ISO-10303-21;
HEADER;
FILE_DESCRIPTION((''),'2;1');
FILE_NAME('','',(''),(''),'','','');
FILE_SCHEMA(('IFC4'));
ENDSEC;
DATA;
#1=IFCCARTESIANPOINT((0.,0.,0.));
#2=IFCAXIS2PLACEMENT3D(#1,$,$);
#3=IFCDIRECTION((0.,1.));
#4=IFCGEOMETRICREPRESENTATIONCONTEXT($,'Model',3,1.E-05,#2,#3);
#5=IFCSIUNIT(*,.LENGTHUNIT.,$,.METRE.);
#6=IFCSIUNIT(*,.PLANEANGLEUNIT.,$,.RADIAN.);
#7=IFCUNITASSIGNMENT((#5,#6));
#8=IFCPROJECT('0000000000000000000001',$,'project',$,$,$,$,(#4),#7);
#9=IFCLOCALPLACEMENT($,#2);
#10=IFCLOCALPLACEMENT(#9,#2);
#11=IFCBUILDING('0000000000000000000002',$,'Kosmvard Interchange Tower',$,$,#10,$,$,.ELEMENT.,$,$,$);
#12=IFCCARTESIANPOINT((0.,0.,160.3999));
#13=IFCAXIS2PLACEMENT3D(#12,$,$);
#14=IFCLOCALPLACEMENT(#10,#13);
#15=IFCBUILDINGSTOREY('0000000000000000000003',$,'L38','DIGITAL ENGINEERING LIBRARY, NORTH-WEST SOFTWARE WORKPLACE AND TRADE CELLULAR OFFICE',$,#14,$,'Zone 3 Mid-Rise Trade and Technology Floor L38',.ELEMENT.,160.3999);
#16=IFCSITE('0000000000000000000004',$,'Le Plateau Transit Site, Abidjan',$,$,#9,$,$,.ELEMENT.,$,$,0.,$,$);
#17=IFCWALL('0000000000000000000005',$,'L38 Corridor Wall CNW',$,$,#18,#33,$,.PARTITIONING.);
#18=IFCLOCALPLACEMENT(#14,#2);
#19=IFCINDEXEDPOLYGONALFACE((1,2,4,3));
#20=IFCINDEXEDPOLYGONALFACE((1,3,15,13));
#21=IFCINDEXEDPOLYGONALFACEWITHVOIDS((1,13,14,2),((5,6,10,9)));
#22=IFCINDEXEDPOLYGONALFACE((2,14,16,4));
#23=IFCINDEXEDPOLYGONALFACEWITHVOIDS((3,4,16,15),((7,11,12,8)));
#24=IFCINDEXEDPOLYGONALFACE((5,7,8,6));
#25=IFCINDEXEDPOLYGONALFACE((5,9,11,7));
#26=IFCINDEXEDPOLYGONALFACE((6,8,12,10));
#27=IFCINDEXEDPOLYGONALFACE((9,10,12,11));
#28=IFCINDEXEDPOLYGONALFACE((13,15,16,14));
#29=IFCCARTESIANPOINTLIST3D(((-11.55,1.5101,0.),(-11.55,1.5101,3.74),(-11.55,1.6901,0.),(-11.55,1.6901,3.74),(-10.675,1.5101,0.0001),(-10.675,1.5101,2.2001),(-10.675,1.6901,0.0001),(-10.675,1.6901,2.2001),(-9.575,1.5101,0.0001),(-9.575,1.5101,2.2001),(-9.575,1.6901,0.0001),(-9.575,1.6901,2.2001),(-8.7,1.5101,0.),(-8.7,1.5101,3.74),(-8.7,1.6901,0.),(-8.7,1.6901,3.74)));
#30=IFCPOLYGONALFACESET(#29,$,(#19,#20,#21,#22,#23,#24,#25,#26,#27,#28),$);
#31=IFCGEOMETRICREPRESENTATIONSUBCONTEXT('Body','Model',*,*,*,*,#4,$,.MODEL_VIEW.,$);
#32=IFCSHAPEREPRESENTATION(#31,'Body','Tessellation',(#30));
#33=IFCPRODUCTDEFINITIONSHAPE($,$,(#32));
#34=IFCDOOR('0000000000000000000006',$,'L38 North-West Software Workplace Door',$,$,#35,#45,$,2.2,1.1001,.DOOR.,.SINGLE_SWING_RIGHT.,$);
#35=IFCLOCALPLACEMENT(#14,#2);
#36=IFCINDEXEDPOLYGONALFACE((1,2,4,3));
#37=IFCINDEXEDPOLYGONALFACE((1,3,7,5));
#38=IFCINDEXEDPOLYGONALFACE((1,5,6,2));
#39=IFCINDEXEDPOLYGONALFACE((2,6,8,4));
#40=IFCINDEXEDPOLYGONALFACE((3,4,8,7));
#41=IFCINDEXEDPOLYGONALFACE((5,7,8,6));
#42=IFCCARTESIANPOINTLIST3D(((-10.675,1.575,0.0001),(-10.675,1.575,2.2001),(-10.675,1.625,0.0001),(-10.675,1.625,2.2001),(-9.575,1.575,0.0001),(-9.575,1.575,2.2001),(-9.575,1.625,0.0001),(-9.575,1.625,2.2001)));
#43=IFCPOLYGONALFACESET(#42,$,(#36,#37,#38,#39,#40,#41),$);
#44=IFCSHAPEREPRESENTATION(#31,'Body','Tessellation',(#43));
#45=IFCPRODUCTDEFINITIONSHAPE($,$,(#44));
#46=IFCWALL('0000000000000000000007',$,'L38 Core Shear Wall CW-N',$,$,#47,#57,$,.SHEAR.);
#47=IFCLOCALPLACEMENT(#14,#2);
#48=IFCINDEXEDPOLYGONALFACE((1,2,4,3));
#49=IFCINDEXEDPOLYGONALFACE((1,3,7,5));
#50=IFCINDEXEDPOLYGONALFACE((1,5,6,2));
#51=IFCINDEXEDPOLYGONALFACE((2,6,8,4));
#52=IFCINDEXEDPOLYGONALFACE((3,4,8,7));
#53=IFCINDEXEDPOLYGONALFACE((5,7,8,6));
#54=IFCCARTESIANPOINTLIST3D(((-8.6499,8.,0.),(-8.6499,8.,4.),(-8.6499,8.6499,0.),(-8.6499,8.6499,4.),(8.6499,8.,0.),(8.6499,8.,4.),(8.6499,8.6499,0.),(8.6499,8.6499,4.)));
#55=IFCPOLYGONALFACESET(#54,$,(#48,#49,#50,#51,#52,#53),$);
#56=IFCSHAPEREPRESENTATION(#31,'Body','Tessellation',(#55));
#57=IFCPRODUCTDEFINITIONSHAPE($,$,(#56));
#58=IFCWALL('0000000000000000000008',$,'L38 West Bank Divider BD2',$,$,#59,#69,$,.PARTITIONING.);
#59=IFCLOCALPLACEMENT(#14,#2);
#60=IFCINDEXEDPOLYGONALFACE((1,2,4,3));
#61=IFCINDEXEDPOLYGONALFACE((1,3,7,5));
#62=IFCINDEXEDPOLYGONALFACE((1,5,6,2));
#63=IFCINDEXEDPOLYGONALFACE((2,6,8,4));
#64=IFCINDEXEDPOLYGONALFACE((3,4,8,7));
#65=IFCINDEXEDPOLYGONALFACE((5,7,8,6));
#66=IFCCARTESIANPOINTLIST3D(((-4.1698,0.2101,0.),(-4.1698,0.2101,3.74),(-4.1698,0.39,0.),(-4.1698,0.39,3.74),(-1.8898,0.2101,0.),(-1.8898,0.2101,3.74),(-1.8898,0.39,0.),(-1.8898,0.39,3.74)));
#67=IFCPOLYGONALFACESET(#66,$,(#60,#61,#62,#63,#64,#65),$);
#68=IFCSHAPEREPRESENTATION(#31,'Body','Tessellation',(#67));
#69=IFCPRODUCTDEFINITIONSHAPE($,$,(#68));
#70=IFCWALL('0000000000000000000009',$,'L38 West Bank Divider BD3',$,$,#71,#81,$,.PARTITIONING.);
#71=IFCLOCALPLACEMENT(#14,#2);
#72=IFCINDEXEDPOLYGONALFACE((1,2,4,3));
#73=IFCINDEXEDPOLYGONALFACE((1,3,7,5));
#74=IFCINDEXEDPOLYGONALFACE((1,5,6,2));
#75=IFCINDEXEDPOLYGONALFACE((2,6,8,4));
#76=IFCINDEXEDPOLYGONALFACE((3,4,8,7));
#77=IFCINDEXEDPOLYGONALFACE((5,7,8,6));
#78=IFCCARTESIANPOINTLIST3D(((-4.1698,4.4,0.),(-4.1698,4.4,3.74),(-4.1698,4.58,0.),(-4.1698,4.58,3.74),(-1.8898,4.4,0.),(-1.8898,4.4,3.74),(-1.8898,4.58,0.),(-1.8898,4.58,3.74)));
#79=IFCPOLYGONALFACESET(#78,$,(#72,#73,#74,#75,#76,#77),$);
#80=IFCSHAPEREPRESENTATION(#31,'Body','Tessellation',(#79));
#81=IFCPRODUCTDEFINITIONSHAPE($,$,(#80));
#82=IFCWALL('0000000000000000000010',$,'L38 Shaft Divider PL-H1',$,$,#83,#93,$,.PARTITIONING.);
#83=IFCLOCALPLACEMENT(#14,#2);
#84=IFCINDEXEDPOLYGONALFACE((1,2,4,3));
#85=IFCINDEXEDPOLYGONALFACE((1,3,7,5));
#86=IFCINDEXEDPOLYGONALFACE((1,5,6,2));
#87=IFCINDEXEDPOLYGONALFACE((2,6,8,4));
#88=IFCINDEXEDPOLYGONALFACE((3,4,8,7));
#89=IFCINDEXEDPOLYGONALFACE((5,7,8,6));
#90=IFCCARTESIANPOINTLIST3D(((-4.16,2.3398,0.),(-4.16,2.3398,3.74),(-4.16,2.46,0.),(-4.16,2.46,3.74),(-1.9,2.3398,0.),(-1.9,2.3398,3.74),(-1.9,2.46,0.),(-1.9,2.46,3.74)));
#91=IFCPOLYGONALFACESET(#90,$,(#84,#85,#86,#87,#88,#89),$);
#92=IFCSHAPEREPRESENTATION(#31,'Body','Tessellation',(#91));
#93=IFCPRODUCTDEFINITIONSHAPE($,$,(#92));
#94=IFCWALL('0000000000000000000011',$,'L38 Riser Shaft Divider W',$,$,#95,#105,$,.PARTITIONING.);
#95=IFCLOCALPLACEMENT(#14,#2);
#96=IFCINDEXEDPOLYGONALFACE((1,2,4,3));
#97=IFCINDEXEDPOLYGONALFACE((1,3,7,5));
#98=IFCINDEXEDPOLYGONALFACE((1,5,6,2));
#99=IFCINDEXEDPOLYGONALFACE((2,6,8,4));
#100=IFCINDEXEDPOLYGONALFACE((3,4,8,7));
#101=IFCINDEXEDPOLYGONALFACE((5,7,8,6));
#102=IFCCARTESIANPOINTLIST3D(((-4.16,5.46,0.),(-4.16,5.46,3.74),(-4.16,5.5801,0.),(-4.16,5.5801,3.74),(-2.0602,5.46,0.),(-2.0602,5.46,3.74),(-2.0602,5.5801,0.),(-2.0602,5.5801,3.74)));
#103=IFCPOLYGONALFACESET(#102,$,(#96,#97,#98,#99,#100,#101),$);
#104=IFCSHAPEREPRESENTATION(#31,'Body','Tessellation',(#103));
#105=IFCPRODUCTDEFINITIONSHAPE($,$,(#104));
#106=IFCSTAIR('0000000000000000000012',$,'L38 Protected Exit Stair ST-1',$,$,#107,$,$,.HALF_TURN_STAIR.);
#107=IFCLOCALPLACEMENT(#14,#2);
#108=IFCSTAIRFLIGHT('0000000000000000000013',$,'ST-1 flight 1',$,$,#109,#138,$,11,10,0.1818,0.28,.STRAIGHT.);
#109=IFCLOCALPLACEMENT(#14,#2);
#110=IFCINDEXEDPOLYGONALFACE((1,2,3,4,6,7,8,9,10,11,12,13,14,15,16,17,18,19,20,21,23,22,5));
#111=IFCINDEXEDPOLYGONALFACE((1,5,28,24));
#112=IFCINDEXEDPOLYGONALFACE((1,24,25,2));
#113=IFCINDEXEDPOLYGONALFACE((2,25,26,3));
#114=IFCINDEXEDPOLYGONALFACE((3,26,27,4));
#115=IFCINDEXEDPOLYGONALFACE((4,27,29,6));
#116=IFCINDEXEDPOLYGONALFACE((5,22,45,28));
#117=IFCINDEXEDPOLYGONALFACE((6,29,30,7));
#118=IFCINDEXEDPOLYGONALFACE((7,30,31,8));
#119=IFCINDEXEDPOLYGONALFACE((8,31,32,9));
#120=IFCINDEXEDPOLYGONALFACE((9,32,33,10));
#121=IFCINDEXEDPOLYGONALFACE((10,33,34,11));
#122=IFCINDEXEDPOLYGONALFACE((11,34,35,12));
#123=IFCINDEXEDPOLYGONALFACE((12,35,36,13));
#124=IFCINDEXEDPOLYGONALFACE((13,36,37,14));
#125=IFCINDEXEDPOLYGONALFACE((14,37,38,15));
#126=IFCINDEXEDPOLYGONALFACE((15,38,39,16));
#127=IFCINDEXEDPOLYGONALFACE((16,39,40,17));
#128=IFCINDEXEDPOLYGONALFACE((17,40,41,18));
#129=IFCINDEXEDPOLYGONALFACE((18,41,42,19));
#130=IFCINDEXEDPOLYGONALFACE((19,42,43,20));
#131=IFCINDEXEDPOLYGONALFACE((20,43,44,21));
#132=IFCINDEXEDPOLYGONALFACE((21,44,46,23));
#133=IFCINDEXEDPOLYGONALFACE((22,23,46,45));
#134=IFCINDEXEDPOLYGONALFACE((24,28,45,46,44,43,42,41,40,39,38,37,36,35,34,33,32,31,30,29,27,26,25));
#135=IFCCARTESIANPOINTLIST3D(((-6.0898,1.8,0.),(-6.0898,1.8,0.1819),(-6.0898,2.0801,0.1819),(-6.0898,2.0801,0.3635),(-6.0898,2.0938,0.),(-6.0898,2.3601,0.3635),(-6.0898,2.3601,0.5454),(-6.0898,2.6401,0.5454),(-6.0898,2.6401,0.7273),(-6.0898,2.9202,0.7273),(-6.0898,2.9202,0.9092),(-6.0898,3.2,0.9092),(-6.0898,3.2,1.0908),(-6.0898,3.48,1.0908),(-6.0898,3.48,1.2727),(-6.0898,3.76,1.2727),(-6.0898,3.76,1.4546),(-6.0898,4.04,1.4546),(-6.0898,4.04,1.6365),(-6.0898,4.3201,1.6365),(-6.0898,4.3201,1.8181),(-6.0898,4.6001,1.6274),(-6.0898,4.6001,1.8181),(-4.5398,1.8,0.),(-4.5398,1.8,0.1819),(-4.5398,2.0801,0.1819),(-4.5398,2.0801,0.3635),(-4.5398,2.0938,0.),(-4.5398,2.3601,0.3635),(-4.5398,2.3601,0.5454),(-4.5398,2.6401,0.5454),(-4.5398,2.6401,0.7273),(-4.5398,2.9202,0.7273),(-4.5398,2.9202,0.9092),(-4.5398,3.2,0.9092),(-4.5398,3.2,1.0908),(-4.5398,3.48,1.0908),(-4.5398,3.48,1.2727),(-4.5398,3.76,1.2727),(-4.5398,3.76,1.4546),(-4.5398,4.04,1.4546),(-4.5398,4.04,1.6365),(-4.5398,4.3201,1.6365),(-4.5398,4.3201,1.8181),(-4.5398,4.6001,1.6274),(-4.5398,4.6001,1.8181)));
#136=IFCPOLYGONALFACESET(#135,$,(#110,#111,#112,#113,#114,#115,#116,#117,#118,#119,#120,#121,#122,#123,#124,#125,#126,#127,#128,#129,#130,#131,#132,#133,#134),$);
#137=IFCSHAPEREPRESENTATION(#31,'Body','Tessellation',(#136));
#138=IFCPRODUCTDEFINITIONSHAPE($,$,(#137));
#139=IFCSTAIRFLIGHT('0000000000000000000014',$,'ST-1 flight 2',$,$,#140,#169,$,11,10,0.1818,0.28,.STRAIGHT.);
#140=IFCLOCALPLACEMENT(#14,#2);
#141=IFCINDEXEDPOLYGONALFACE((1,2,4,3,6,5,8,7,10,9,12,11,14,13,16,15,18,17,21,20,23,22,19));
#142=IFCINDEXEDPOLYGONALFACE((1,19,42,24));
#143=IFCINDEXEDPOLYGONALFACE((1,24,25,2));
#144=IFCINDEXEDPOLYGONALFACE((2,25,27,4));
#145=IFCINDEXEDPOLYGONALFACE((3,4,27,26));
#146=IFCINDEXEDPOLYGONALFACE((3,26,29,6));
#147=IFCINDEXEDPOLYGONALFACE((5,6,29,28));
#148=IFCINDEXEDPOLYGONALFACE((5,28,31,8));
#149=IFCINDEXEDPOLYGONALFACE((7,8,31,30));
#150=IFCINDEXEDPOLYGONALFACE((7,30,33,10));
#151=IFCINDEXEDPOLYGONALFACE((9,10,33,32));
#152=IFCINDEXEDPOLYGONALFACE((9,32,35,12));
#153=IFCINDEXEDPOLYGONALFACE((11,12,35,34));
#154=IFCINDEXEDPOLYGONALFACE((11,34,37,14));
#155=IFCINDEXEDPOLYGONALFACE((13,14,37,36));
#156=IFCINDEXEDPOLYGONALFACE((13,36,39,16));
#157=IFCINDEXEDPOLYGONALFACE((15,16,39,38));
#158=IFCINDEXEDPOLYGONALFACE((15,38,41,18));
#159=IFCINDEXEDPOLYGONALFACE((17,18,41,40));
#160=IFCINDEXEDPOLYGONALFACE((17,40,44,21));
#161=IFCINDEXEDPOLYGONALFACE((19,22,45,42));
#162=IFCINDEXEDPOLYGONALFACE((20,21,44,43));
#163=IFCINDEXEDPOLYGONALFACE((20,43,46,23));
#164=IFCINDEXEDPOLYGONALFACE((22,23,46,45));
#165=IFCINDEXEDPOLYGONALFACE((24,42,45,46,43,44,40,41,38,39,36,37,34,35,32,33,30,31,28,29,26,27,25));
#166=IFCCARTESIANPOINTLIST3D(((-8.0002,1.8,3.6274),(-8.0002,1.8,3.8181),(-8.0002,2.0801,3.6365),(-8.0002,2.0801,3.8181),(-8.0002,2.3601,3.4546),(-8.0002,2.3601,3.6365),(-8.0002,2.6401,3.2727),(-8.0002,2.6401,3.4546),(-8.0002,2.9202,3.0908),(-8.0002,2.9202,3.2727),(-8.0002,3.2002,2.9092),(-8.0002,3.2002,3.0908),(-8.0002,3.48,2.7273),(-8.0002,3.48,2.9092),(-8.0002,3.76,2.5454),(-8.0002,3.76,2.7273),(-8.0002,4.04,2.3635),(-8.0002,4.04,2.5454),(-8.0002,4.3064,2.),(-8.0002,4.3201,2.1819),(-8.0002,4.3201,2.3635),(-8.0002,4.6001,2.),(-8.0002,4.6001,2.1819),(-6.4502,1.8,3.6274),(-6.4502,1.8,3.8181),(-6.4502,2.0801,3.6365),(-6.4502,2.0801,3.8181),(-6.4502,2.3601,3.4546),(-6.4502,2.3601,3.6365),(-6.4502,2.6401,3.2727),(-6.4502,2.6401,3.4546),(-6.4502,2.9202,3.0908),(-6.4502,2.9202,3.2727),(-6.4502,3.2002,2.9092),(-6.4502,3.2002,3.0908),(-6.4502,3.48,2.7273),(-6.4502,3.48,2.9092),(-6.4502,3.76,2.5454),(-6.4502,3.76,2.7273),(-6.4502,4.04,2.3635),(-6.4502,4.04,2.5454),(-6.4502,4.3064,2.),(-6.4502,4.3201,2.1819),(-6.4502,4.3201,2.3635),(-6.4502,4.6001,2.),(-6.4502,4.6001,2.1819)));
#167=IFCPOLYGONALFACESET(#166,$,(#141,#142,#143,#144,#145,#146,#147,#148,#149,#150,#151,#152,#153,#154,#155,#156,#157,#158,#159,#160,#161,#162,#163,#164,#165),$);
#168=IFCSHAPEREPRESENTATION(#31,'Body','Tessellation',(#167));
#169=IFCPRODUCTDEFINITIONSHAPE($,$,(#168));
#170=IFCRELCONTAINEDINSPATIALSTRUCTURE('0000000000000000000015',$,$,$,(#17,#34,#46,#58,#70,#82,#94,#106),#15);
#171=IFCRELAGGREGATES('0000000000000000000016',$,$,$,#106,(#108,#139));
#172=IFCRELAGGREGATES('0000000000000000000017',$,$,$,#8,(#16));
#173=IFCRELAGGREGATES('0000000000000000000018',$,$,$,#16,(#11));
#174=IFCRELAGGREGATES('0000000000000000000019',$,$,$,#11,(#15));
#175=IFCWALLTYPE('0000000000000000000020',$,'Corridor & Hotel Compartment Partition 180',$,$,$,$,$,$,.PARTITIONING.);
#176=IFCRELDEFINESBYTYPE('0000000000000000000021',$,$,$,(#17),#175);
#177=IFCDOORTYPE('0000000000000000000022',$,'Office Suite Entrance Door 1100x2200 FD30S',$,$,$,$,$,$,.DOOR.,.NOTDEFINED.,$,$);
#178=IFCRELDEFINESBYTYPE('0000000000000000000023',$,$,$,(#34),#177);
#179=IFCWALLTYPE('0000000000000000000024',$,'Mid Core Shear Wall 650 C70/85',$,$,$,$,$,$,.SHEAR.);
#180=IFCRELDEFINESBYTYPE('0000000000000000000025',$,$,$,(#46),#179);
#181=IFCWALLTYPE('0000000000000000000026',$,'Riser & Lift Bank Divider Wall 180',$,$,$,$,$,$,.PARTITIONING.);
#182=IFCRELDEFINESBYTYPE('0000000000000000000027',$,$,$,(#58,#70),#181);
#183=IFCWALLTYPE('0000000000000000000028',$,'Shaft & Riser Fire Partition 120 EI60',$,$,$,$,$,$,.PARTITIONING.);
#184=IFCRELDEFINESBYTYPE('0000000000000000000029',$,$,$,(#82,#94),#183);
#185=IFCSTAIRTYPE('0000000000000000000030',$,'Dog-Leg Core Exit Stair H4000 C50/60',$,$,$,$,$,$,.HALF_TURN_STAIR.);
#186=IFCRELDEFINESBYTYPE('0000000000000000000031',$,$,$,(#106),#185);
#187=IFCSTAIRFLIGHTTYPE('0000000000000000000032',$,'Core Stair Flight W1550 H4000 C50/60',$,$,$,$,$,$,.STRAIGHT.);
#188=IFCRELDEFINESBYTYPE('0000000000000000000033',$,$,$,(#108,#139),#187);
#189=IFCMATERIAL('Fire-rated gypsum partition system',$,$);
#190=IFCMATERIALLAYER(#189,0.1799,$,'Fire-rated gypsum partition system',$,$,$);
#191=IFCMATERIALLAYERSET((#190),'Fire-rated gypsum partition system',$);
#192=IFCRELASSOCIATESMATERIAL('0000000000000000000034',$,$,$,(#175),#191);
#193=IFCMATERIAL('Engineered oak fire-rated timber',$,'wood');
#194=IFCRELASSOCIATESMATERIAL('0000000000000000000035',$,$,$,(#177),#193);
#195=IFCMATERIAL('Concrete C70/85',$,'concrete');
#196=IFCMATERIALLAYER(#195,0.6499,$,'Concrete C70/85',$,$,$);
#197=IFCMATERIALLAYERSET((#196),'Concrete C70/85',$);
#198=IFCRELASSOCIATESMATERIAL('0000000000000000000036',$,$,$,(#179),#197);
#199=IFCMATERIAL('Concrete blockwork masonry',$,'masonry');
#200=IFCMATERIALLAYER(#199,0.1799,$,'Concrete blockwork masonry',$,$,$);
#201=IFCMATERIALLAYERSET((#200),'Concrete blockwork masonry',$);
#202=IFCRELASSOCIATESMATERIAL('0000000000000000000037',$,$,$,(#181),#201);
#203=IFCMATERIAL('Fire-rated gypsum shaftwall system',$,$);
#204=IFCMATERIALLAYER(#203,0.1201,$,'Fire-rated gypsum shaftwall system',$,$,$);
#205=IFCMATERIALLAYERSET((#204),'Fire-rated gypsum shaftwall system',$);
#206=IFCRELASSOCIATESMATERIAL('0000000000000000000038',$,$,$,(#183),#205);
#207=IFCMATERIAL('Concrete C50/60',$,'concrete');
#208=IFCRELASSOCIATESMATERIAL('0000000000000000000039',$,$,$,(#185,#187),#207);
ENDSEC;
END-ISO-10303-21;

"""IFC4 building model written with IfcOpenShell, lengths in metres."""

from ifc_helpers import new_model, si_unit, direction, frame, frame_2d, origin, place, context, subcontext, project, spatial, polyline, rectangle, outline, extrude, source, transform, mapped, material, layer, layer_set, type_object, element, fill, aggregate, save


model = new_model("IFC4")

# Units and contexts
model_context = context("Model", 3, precision=1e-05, world=origin(), true_north=direction((0.0, 1.0)))
body_context = subcontext(model_context, "Body", "Model", "MODEL_VIEW")
ifc_project = project(units=[si_unit("LENGTHUNIT", "METRE"), si_unit("PLANEANGLEUNIT", "RADIAN")], contexts=[model_context])

# Site, building, storey
site_placement = place(None, origin())
site = spatial("IfcSite", under=ifc_project, at=site_placement, Name="Le Plateau Transit Site, Abidjan", CompositionType="ELEMENT", RefElevation=0.0)
building_placement = place(site_placement, origin())
building = spatial("IfcBuilding", under=site, at=building_placement, Name="Kosmvard Interchange Tower", CompositionType="ELEMENT")
storey_placement = place(building_placement, frame((0.0, 0.0, 160.3999)))
storey = spatial("IfcBuildingStorey", under=building, at=storey_placement, Name="L38", Description="DIGITAL ENGINEERING LIBRARY, NORTH-WEST SOFTWARE WORKPLACE AND TRADE CELLULAR OFFICE", LongName="Zone 3 Mid-Rise Trade and Technology Floor L38", CompositionType="ELEMENT", Elevation=160.3999)

# Shared definitions
ifc_material_1 = material(Name="Fire-rated gypsum partition system")

# Wall, opening, door
ifc_layer_1 = layer(ifc_material_1, 0.1799, Name="Fire-rated gypsum partition system")
ifc_layer_set_1 = layer_set([ifc_layer_1], Name="Fire-rated gypsum partition system")
wall_type_1 = type_object("IfcWallType", Name="Corridor & Hotel Compartment Partition 180", PredefinedType="PARTITIONING", material=ifc_layer_set_1)
wall_1_placement = place(storey_placement, frame((-11.55, 1.6001, 0.0), z_axis=(0.0, 0.0, 1.0), x_axis=(1.0, 0.0, 0.0)))
wall_1 = element("IfcWall", 1, at=wall_1_placement, inside=storey, type_object=wall_type_1, Name="L38 Corridor Wall CNW", PredefinedType="PARTITIONING", context=body_context, shape_type="SweptSolid", body=[
    extrude(rectangle(XDim=2.8501, YDim=0.1799, at=frame_2d((1.425, 0.0))), origin(), (0.0, 0.0, 1.0), 3.74),
])
opening_placement = place(wall_1_placement, frame((0.875, 0.0, 0.0)))
opening = element("IfcOpeningElement", 2, at=opening_placement, cuts=wall_1, PredefinedType="OPENING", context=body_context, shape_type="SweptSolid", body=[
    extrude(rectangle(XDim=1.1001, YDim=2.2, at=frame_2d((0.55, 1.1001))), frame((0.0, 0.1001, 0.0), z_axis=(0.0, -1.0, 0.0), x_axis=(1.0, 0.0, 0.0)), (0.0, 0.0, 1.0), 0.2),
])
ifc_material_2 = material(Name="Engineered oak fire-rated timber", Category="wood")
door_type = type_object("IfcDoorType", Name="Office Suite Entrance Door 1100x2200 FD30S", OperationType="NOTDEFINED", PredefinedType="DOOR", material=ifc_material_2)
shared_shape_1 = source(origin(), body_context, "Body", "SweptSolid", [
    extrude(rectangle(XDim=1.1001, YDim=2.2, at=frame_2d((0.55, 1.1001))), frame((0.0, 0.0249, 0.0), z_axis=(0.0, -1.0, 0.0), x_axis=(1.0, 0.0, 0.0)), (0.0, 0.0, 1.0), 0.05),
])
door_placement = place(opening_placement, origin())
door = element("IfcDoor", 3, at=door_placement, inside=storey, type_object=door_type, Name="L38 North-West Software Workplace Door", OperationType="SINGLE_SWING_RIGHT", OverallHeight=2.2, OverallWidth=1.1001, PredefinedType="DOOR", context=body_context, shape_type="MappedRepresentation", body=[
    mapped(shared_shape_1, transform((0.0, 0.0, 0.0), scale=1.0)),
])
fill(opening, door)

# Walls
ifc_material_3 = material(Name="Concrete C70/85", Category="concrete")
ifc_layer_2 = layer(ifc_material_3, 0.6499, Name="Concrete C70/85")
ifc_layer_set_2 = layer_set([ifc_layer_2], Name="Concrete C70/85")
wall_type_2 = type_object("IfcWallType", Name="Mid Core Shear Wall 650 C70/85", PredefinedType="SHEAR", material=ifc_layer_set_2)
wall_2_placement = place(storey_placement, frame((-8.6499, 8.325, 0.0), z_axis=(0.0, 0.0, 1.0), x_axis=(1.0, 0.0, 0.0)))
element("IfcWall", 4, at=wall_2_placement, inside=storey, type_object=wall_type_2, Name="L38 Core Shear Wall CW-N", PredefinedType="SHEAR", context=body_context, shape_type="SweptSolid", body=[
    extrude(rectangle(XDim=17.2998, YDim=0.6499, at=frame_2d((8.6499, 0.0))), origin(), (0.0, 0.0, 1.0), 4.0),
])
ifc_material_4 = material(Name="Concrete blockwork masonry", Category="masonry")
ifc_layer_3 = layer(ifc_material_4, 0.1799, Name="Concrete blockwork masonry")
ifc_layer_set_3 = layer_set([ifc_layer_3], Name="Concrete blockwork masonry")
wall_type_3 = type_object("IfcWallType", Name="Riser & Lift Bank Divider Wall 180", PredefinedType="PARTITIONING", material=ifc_layer_set_3)
for number, where, z_axis, x_axis, name in (
    (5, (-4.1699, 0.3, 0.0), (0.0, 0.0, 1.0), (1.0, 0.0, 0.0), "L38 West Bank Divider BD2"),
    (6, (-4.1699, 4.49, 0.0), (0.0, 0.0, 1.0), (1.0, 0.0, 0.0), "L38 West Bank Divider BD3"),
):
    element("IfcWall", number, at=place(storey_placement, frame(where, z_axis=z_axis, x_axis=x_axis)), inside=storey, type_object=wall_type_3, Name=name, PredefinedType="PARTITIONING", context=body_context, shape_type="SweptSolid", body=[
        extrude(rectangle(XDim=2.28, YDim=0.1799, at=frame_2d((1.1401, 0.0))), origin(), (0.0, 0.0, 1.0), 3.74),
    ])
ifc_material_5 = material(Name="Fire-rated gypsum shaftwall system")
ifc_layer_4 = layer(ifc_material_5, 0.1201, Name="Fire-rated gypsum shaftwall system")
ifc_layer_set_4 = layer_set([ifc_layer_4], Name="Fire-rated gypsum shaftwall system")
wall_type_4 = type_object("IfcWallType", Name="Shaft & Riser Fire Partition 120 EI60", PredefinedType="PARTITIONING", material=ifc_layer_set_4)
wall_3_placement = place(storey_placement, frame((-4.1599, 2.3999, 0.0), z_axis=(0.0, 0.0, 1.0), x_axis=(1.0, 0.0, 0.0)))
element("IfcWall", 7, at=wall_3_placement, inside=storey, type_object=wall_type_4, Name="L38 Shaft Divider PL-H1", PredefinedType="PARTITIONING", context=body_context, shape_type="SweptSolid", body=[
    extrude(rectangle(XDim=2.26, YDim=0.1201, at=frame_2d((1.1299, 0.0))), origin(), (0.0, 0.0, 1.0), 3.74),
])
wall_4_placement = place(storey_placement, frame((-4.1599, 5.52, 0.0), z_axis=(0.0, 0.0, 1.0), x_axis=(1.0, 0.0, 0.0)))
element("IfcWall", 8, at=wall_4_placement, inside=storey, type_object=wall_type_4, Name="L38 Riser Shaft Divider W", PredefinedType="PARTITIONING", context=body_context, shape_type="SweptSolid", body=[
    extrude(rectangle(XDim=2.0999, YDim=0.1201, at=frame_2d((1.0498, 0.0))), origin(), (0.0, 0.0, 1.0), 3.74),
])

# Stair, stair flights
ifc_material_6 = material(Name="Concrete C50/60", Category="concrete")
stair_type = type_object("IfcStairType", Name="Dog-Leg Core Exit Stair H4000 C50/60", PredefinedType="HALF_TURN_STAIR", material=ifc_material_6)
stair_placement = place(storey_placement, origin())
stair = element("IfcStair", 9, at=stair_placement, inside=storey, type_object=stair_type, Name="L38 Protected Exit Stair ST-1", PredefinedType="HALF_TURN_STAIR")
stair_flight_type = type_object("IfcStairFlightType", Name="Core Stair Flight W1550 H4000 C50/60", PredefinedType="STRAIGHT", material=ifc_material_6)
shared_shape_2 = source(origin(), body_context, "Body", "SweptSolid", [
    extrude(outline(polyline([(0.0, 0.0), (0.0, 0.1819), (0.28, 0.1819), (0.28, 0.3635), (0.5601, 0.3635), (0.5601, 0.5454), (0.8401, 0.5454), (0.8401, 0.7273), (1.1201, 0.7273), (1.1201, 0.9092), (1.3999, 0.9092), (1.3999, 1.0908), (1.6799, 1.0908), (1.6799, 1.2727), (1.96, 1.2727), (1.96, 1.4546), (2.24, 1.4546), (2.24, 1.6365), (2.52, 1.6365), (2.52, 1.8181), (2.8, 1.8181), (2.8, 2.0), (2.8, 1.6274), (0.2937, 0.0), (0.0, 0.0)])), frame((0.0, 0.7749, 0.0), z_axis=(0.0, -1.0, 0.0), x_axis=(1.0, 0.0, 0.0)), (0.0, 0.0, 1.0), 1.55),
])
stair_flight_1_placement = place(storey_placement, frame((-5.3149, 1.8, 0.0), z_axis=(0.0, 0.0, 1.0), x_axis=(0.0, 1.0, 0.0)))
stair_flight_1 = element("IfcStairFlight", 10, at=stair_flight_1_placement, type_object=stair_flight_type, Name="ST-1 flight 1", NumberOfRisers=11, NumberOfTreads=10, PredefinedType="STRAIGHT", RiserHeight=0.1818, TreadLength=0.28, context=body_context, shape_type="MappedRepresentation", body=[
    mapped(shared_shape_2, transform((0.0, 0.0, 0.0), scale=1.0)),
])
stair_flight_2_placement = place(storey_placement, frame((-7.2251, 4.6001, 2.0), z_axis=(0.0, 0.0, 1.0), x_axis=(0.0, -1.0, 0.0)))
stair_flight_2 = element("IfcStairFlight", 11, at=stair_flight_2_placement, type_object=stair_flight_type, Name="ST-1 flight 2", NumberOfRisers=11, NumberOfTreads=10, PredefinedType="STRAIGHT", RiserHeight=0.1818, TreadLength=0.28, context=body_context, shape_type="MappedRepresentation", body=[
    mapped(shared_shape_2, transform((0.0, 0.0, 0.0), scale=1.0)),
])
aggregate(stair, [stair_flight_1, stair_flight_2])

save(model, "model.ifc")
